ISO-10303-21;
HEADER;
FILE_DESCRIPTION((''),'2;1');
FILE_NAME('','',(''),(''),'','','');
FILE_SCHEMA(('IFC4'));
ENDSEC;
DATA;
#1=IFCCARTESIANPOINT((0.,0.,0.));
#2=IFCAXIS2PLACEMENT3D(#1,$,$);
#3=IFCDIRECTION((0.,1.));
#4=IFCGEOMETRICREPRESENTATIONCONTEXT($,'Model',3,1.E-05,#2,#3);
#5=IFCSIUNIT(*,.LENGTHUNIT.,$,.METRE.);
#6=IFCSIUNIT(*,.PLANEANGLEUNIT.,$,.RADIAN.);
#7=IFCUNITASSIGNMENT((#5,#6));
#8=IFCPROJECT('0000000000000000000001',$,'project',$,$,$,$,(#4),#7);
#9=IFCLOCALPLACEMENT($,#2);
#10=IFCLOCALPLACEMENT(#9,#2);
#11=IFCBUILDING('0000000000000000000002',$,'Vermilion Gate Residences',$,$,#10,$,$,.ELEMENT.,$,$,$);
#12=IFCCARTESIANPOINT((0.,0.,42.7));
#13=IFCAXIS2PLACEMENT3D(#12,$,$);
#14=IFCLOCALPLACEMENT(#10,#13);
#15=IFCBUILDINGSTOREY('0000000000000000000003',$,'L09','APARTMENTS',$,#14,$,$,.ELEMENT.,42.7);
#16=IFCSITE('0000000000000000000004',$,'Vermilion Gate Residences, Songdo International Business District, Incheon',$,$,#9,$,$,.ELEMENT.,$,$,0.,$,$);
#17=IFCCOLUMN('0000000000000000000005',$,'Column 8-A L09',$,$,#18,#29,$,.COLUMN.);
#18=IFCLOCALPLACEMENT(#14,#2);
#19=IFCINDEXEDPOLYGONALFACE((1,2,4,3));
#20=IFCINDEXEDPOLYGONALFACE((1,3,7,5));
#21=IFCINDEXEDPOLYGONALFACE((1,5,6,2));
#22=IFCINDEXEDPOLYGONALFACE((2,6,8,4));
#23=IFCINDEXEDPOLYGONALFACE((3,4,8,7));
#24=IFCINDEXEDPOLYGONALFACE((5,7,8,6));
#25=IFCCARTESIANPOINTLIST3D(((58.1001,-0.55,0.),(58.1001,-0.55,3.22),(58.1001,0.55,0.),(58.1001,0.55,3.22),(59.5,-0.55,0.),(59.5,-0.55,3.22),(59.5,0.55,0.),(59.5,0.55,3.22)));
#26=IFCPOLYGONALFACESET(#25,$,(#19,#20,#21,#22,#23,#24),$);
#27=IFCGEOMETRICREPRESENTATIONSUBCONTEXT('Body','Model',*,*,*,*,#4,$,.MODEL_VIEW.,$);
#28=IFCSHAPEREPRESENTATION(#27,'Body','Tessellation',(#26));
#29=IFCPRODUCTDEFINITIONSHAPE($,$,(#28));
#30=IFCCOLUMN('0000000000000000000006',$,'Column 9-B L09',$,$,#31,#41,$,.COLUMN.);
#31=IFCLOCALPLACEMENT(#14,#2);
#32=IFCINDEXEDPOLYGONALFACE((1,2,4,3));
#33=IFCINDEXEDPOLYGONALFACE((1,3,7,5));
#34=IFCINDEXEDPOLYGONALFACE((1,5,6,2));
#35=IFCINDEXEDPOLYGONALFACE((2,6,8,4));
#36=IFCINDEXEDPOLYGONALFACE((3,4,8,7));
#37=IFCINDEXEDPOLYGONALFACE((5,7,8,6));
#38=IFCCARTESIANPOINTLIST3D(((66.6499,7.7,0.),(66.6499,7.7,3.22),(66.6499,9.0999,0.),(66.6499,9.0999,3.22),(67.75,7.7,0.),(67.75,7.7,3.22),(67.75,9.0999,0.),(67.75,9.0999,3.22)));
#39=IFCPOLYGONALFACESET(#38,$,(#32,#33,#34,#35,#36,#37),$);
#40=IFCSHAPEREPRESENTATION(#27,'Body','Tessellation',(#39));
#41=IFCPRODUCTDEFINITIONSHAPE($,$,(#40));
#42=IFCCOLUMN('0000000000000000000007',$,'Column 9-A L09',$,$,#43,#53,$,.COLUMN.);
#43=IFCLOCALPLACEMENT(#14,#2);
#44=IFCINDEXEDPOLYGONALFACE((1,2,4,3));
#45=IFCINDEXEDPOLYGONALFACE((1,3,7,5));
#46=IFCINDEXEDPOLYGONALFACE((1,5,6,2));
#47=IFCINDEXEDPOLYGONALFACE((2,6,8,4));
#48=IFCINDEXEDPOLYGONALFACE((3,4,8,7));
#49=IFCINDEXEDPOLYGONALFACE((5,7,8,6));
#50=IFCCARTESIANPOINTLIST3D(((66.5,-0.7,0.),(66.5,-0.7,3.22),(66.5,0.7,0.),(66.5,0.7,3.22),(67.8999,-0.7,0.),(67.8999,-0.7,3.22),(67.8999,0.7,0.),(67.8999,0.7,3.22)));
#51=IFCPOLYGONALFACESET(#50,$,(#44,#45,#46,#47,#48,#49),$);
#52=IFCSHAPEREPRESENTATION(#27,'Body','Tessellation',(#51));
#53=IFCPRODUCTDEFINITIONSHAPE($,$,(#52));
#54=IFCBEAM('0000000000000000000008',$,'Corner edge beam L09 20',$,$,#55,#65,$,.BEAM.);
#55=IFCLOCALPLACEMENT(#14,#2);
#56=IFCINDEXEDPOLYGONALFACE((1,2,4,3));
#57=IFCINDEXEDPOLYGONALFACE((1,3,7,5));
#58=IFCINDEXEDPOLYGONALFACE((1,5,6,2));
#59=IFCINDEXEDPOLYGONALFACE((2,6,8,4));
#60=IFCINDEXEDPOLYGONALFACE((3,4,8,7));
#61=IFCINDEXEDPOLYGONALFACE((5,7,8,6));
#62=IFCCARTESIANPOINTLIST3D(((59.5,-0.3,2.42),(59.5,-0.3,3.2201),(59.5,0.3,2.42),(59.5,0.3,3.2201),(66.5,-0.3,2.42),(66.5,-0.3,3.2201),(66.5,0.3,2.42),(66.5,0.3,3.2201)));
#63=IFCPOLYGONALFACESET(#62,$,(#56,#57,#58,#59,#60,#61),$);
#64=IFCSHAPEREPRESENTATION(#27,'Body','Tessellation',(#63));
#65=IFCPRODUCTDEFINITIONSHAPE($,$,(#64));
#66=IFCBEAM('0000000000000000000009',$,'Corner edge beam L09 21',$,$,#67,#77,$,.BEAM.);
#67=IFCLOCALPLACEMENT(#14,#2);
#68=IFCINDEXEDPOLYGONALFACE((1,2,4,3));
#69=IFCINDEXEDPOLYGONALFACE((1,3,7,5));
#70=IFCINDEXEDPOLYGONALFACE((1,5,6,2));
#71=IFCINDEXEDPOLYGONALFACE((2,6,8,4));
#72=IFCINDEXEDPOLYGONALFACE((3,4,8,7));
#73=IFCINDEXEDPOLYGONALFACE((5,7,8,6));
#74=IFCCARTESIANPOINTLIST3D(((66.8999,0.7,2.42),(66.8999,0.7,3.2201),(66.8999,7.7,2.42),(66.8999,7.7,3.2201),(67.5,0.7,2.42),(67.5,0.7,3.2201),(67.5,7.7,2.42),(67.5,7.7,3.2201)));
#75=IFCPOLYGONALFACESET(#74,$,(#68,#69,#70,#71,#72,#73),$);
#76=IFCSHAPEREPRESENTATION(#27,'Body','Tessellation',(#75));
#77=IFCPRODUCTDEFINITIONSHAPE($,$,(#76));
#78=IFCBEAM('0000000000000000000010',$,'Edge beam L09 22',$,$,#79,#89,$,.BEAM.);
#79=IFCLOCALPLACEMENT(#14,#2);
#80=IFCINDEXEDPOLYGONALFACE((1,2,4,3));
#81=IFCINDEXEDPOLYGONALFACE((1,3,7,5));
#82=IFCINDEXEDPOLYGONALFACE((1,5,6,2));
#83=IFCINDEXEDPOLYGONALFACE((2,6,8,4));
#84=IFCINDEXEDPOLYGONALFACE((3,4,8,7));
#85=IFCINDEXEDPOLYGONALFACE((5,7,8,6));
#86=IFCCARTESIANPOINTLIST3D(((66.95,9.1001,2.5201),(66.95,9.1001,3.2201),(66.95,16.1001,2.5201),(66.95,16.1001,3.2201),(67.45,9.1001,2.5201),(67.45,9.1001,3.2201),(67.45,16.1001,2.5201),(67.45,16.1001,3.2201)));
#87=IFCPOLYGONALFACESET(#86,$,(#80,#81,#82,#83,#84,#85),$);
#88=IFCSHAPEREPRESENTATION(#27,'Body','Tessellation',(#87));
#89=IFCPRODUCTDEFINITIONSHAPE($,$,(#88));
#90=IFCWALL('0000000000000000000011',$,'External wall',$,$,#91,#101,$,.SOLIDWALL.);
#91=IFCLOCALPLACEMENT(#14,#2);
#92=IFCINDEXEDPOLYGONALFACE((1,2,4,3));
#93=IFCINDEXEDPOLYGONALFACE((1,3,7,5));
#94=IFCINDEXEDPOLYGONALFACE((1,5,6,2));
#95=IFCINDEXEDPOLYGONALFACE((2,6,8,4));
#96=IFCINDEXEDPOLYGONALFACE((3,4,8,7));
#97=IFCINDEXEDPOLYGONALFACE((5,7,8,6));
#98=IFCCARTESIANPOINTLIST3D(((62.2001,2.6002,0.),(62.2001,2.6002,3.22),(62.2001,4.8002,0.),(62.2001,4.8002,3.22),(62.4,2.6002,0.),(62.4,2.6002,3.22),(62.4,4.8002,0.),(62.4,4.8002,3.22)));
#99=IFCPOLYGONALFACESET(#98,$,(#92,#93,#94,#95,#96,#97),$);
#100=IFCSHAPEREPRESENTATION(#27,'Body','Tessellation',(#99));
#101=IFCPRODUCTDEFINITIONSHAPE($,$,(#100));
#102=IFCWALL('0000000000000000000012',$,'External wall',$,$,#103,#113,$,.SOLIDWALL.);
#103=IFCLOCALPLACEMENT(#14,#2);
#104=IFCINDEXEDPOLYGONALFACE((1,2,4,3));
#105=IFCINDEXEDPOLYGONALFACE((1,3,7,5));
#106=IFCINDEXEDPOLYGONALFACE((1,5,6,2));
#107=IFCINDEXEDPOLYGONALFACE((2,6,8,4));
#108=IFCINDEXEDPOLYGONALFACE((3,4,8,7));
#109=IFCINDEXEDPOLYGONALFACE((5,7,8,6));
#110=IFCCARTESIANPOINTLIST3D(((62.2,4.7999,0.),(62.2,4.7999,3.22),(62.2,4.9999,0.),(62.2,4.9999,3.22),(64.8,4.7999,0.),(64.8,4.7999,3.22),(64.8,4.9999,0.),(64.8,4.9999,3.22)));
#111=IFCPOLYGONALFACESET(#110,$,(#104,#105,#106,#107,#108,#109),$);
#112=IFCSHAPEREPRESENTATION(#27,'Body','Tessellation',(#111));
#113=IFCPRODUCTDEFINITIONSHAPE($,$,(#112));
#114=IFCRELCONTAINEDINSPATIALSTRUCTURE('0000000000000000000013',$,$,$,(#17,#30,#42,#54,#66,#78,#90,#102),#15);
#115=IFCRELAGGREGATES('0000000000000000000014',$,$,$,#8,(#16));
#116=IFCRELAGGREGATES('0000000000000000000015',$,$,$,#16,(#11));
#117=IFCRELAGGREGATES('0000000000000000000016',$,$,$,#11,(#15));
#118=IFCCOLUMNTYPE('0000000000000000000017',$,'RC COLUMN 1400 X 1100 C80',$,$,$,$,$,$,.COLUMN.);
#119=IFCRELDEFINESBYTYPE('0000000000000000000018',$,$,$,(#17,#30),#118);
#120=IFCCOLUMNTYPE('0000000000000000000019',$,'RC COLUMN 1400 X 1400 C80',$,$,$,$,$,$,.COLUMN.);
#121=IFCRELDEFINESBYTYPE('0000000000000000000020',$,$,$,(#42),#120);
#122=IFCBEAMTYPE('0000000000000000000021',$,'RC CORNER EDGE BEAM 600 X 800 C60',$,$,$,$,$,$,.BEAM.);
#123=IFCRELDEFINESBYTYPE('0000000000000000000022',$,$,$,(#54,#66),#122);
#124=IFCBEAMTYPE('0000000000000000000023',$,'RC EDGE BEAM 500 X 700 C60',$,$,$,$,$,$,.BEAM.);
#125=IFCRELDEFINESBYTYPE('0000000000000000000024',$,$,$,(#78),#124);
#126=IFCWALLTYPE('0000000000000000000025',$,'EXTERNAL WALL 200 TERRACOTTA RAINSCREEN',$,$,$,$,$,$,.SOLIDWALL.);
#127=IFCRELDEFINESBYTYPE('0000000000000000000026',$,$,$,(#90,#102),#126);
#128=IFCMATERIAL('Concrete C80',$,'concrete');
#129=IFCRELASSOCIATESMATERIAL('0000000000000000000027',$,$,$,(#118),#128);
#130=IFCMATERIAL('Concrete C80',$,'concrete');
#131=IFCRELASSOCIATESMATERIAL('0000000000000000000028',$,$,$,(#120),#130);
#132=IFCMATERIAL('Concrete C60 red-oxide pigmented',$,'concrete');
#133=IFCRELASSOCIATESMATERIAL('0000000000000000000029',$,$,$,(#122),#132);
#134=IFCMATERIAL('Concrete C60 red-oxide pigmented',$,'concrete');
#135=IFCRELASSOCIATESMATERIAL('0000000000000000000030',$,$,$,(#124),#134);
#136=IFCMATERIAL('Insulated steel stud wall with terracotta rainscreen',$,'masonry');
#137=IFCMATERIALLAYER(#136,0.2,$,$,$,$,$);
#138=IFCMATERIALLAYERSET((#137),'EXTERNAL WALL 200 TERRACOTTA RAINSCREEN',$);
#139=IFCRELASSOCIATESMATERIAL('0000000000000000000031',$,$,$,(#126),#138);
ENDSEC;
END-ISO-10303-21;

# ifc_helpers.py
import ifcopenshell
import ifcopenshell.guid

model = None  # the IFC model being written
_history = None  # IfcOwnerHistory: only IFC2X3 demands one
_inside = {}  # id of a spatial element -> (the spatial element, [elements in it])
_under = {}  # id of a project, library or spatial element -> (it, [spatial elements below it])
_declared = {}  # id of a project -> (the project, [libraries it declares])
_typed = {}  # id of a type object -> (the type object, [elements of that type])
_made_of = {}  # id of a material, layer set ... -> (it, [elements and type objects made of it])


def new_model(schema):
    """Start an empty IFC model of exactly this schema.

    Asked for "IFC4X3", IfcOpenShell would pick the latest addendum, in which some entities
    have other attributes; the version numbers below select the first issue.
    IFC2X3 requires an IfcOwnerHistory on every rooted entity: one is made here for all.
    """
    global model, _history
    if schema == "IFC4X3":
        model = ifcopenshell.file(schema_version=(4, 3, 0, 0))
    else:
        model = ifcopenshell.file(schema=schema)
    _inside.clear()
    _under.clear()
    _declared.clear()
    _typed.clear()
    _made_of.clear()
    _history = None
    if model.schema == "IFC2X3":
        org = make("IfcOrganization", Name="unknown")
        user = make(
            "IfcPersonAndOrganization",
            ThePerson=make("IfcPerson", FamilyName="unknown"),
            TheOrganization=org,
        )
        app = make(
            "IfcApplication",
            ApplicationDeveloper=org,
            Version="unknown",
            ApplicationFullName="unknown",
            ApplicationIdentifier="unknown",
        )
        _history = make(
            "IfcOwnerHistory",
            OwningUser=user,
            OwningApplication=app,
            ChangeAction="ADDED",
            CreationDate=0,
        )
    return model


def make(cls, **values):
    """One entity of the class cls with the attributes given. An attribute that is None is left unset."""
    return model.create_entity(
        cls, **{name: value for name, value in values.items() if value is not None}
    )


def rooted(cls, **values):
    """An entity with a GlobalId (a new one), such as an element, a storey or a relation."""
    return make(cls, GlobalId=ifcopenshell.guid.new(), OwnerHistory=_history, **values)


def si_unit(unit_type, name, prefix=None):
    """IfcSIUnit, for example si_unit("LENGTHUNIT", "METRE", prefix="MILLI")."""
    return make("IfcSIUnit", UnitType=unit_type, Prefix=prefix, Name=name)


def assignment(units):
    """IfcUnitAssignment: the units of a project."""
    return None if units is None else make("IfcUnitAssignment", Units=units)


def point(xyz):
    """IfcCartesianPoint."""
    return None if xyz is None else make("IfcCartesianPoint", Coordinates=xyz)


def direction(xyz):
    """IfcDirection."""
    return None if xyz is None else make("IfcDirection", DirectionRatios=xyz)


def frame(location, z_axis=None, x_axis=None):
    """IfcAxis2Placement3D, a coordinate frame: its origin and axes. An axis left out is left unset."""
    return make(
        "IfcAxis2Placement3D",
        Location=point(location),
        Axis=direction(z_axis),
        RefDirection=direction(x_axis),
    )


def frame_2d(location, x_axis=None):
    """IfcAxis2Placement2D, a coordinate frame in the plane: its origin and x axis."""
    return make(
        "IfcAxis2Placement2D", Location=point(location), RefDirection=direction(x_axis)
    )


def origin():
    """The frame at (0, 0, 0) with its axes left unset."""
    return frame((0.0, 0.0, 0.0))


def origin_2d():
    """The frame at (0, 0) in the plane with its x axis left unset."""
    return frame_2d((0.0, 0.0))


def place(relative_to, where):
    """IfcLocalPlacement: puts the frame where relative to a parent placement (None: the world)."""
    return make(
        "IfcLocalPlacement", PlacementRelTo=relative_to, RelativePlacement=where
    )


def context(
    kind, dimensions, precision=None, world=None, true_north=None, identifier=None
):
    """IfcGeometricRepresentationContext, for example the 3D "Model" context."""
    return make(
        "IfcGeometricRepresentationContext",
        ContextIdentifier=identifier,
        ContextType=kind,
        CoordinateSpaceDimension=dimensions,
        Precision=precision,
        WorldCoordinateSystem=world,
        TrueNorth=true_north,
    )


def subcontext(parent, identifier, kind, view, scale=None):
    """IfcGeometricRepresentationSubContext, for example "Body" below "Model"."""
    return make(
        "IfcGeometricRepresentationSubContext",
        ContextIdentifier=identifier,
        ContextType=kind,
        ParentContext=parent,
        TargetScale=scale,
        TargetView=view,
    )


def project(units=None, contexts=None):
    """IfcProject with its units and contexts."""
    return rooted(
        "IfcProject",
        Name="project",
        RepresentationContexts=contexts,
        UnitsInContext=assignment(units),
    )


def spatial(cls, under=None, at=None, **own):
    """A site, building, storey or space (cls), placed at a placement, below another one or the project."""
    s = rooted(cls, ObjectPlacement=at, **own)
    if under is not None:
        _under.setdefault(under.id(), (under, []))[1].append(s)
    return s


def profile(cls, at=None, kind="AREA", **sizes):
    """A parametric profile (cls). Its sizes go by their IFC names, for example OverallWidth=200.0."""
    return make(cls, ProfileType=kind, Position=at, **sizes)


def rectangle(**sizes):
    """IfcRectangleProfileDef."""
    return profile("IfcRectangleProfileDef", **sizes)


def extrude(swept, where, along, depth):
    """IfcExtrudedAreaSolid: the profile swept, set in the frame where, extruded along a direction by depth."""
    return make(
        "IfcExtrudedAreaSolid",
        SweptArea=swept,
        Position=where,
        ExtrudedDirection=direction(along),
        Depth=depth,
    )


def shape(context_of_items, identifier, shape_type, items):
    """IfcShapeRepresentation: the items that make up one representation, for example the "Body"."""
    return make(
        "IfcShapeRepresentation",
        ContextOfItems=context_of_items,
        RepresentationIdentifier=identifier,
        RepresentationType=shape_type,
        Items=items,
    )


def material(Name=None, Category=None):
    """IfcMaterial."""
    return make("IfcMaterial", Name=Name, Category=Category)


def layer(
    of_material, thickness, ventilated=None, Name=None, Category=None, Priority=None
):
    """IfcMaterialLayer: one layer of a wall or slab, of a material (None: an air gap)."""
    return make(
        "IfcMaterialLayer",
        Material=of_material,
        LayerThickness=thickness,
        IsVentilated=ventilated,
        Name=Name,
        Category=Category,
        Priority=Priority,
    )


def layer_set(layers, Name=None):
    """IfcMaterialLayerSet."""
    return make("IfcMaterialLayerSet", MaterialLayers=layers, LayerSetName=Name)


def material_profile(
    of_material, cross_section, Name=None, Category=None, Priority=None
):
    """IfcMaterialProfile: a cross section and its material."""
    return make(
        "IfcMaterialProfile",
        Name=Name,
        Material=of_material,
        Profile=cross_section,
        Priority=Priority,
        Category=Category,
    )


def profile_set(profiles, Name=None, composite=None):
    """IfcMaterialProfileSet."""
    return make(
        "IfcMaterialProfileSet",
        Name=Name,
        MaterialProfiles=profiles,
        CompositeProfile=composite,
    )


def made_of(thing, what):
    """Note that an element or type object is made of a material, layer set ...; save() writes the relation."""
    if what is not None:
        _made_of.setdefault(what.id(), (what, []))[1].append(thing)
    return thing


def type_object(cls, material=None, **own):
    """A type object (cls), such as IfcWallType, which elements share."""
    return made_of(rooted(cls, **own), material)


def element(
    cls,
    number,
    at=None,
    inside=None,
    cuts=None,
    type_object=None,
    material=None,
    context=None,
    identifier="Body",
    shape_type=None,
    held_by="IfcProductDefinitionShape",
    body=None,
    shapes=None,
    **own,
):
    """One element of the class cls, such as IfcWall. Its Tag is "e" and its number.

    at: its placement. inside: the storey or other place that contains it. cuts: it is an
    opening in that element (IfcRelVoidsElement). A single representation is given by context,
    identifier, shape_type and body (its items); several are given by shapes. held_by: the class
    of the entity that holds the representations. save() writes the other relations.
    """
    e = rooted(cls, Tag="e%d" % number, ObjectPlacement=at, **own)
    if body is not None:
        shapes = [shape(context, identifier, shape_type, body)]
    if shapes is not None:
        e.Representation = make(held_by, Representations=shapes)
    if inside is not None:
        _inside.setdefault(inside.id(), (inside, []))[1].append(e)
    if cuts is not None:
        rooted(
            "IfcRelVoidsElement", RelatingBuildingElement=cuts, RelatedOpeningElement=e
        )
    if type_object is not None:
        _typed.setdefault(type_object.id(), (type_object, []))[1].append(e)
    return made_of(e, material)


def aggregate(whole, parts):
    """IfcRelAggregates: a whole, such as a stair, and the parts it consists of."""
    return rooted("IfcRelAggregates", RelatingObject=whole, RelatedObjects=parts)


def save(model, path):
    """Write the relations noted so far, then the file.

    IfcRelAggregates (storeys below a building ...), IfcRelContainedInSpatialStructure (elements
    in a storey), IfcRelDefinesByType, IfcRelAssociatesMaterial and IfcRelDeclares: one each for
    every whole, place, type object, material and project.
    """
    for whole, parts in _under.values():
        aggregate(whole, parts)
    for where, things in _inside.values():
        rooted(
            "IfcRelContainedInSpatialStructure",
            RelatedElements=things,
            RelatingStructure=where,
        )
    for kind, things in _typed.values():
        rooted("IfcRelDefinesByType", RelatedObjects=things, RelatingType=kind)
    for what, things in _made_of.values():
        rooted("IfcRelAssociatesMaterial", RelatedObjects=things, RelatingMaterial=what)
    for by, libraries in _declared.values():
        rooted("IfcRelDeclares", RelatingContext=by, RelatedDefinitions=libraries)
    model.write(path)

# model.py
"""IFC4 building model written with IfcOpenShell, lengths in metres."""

from ifc_helpers import new_model, si_unit, direction, frame, frame_2d, origin, origin_2d, place, context, subcontext, project, spatial, rectangle, extrude, material, layer, layer_set, material_profile, profile_set, type_object, element, save


model = new_model("IFC4")

# Units and contexts
model_context = context("Model", 3, precision=1e-05, world=origin(), true_north=direction((0.0, 1.0)))
body_context = subcontext(model_context, "Body", "Model", "MODEL_VIEW")
ifc_project = project(units=[si_unit("LENGTHUNIT", "METRE"), si_unit("PLANEANGLEUNIT", "RADIAN")], contexts=[model_context])

# Site, building, storey
site_placement = place(None, origin())
site = spatial("IfcSite", under=ifc_project, at=site_placement, Name="Vermilion Gate Residences, Songdo International Business District, Incheon", CompositionType="ELEMENT", RefElevation=0.0)
building_placement = place(site_placement, origin())
building = spatial("IfcBuilding", under=site, at=building_placement, Name="Vermilion Gate Residences", CompositionType="ELEMENT")
storey_placement = place(building_placement, frame((0.0, 0.0, 42.7)))
storey = spatial("IfcBuildingStorey", under=building, at=storey_placement, Name="L09", Description="APARTMENTS", CompositionType="ELEMENT", Elevation=42.7)

# Columns
ifc_material_1 = material(Name="Concrete C80", Category="concrete")
ifc_material_profile_1 = material_profile(ifc_material_1, rectangle(XDim=1.3999, YDim=1.1001, at=origin_2d()), Name="RC-1400x1100")
ifc_profile_set_1 = profile_set([ifc_material_profile_1], Name="Concrete C80")
column_type_1 = type_object("IfcColumnType", Name="RC COLUMN 1400 X 1100 C80", PredefinedType="COLUMN", material=ifc_profile_set_1)
for number, where, z_axis, x_axis, name in (
    (1, (58.8, 0.0, 0.0), (0.0, 0.0, 1.0), (1.0, 0.0, 0.0), "Column 8-A L09"),
    (2, (67.2, 8.3999, 0.0), (0.0, 0.0, 1.0), (0.0, 1.0, 0.0), "Column 9-B L09"),
):
    element("IfcColumn", number, at=place(storey_placement, frame(where, z_axis=z_axis, x_axis=x_axis)), inside=storey, type_object=column_type_1, Name=name, PredefinedType="COLUMN", context=body_context, shape_type="SweptSolid", body=[
        extrude(rectangle(XDim=1.3999, YDim=1.1001, at=origin_2d()), origin(), (0.0, 0.0, 1.0), 3.22),
    ])
ifc_material_2 = material(Name="Concrete C80", Category="concrete")
ifc_material_profile_2 = material_profile(ifc_material_2, rectangle(XDim=1.3999, YDim=1.3999, at=origin_2d()), Name="RC-1400x1400")
ifc_profile_set_2 = profile_set([ifc_material_profile_2], Name="Concrete C80")
column_type_2 = type_object("IfcColumnType", Name="RC COLUMN 1400 X 1400 C80", PredefinedType="COLUMN", material=ifc_profile_set_2)
column_placement = place(storey_placement, frame((67.2, 0.0, 0.0), z_axis=(0.0, 0.0, 1.0), x_axis=(1.0, 0.0, 0.0)))
element("IfcColumn", 3, at=column_placement, inside=storey, type_object=column_type_2, Name="Column 9-A L09", PredefinedType="COLUMN", context=body_context, shape_type="SweptSolid", body=[
    extrude(rectangle(XDim=1.3999, YDim=1.3999, at=origin_2d()), origin(), (0.0, 0.0, 1.0), 3.22),
])

# Beams
ifc_material_3 = material(Name="Concrete C60 red-oxide pigmented", Category="concrete")
ifc_material_profile_3 = material_profile(ifc_material_3, rectangle(XDim=0.6001, YDim=0.8, at=origin_2d()), Name="RC-600x800")
ifc_profile_set_3 = profile_set([ifc_material_profile_3], Name="Concrete C60 red-oxide pigmented")
beam_type_1 = type_object("IfcBeamType", Name="RC CORNER EDGE BEAM 600 X 800 C60", PredefinedType="BEAM", material=ifc_profile_set_3)
for number, where, z_axis, x_axis, name in (
    (4, (59.5, 0.0, 2.8201), (1.0, 0.0, 0.0), (0.0, 1.0, 0.0), "Corner edge beam L09 20"),
    (5, (67.2, 0.7, 2.8201), (0.0, 1.0, 0.0), (-1.0, 0.0, 0.0), "Corner edge beam L09 21"),
):
    element("IfcBeam", number, at=place(storey_placement, frame(where, z_axis=z_axis, x_axis=x_axis)), inside=storey, type_object=beam_type_1, Name=name, PredefinedType="BEAM", context=body_context, shape_type="SweptSolid", body=[
        extrude(rectangle(XDim=0.6001, YDim=0.8, at=origin_2d()), origin(), (0.0, 0.0, 1.0), 7.0),
    ])
ifc_material_4 = material(Name="Concrete C60 red-oxide pigmented", Category="concrete")
ifc_material_profile_4 = material_profile(ifc_material_4, rectangle(XDim=0.5, YDim=0.7, at=origin_2d()), Name="RC-500x700")
ifc_profile_set_4 = profile_set([ifc_material_profile_4], Name="Concrete C60 red-oxide pigmented")
beam_type_2 = type_object("IfcBeamType", Name="RC EDGE BEAM 500 X 700 C60", PredefinedType="BEAM", material=ifc_profile_set_4)
beam_placement = place(storey_placement, frame((67.2, 9.1001, 2.8701), z_axis=(0.0, 1.0, 0.0), x_axis=(-1.0, 0.0, 0.0)))
element("IfcBeam", 6, at=beam_placement, inside=storey, type_object=beam_type_2, Name="Edge beam L09 22", PredefinedType="BEAM", context=body_context, shape_type="SweptSolid", body=[
    extrude(rectangle(XDim=0.5, YDim=0.7, at=origin_2d()), origin(), (0.0, 0.0, 1.0), 7.0),
])

# Walls
ifc_material_5 = material(Name="Insulated steel stud wall with terracotta rainscreen", Category="masonry")
ifc_layer_1 = layer(ifc_material_5, 0.2)
ifc_layer_set_1 = layer_set([ifc_layer_1], Name="EXTERNAL WALL 200 TERRACOTTA RAINSCREEN")
wall_type_1 = type_object("IfcWallType", Name="EXTERNAL WALL 200 TERRACOTTA RAINSCREEN", PredefinedType="SOLIDWALL", material=ifc_layer_set_1)
wall_1_placement = place(storey_placement, frame((62.3, 2.6001, 0.0), z_axis=(0.0, 0.0, 1.0), x_axis=(0.0, 1.0, 0.0)))
element("IfcWall", 7, at=wall_1_placement, inside=storey, type_object=wall_type_1, Name="External wall", PredefinedType="SOLIDWALL", context=body_context, shape_type="SweptSolid", body=[
    extrude(rectangle(XDim=2.2, YDim=0.2, at=frame_2d((1.1001, 0.0))), origin(), (0.0, 0.0, 1.0), 3.22),
])
wall_2_placement = place(storey_placement, frame((62.2, 4.8999, 0.0), z_axis=(0.0, 0.0, 1.0), x_axis=(1.0, 0.0, 0.0)))
element("IfcWall", 8, at=wall_2_placement, inside=storey, type_object=wall_type_1, Name="External wall", PredefinedType="SOLIDWALL", context=body_context, shape_type="SweptSolid", body=[
    extrude(rectangle(XDim=2.6001, YDim=0.2, at=frame_2d((1.3, 0.0))), origin(), (0.0, 0.0, 1.0), 3.22),
])

save(model, "model.ifc")
